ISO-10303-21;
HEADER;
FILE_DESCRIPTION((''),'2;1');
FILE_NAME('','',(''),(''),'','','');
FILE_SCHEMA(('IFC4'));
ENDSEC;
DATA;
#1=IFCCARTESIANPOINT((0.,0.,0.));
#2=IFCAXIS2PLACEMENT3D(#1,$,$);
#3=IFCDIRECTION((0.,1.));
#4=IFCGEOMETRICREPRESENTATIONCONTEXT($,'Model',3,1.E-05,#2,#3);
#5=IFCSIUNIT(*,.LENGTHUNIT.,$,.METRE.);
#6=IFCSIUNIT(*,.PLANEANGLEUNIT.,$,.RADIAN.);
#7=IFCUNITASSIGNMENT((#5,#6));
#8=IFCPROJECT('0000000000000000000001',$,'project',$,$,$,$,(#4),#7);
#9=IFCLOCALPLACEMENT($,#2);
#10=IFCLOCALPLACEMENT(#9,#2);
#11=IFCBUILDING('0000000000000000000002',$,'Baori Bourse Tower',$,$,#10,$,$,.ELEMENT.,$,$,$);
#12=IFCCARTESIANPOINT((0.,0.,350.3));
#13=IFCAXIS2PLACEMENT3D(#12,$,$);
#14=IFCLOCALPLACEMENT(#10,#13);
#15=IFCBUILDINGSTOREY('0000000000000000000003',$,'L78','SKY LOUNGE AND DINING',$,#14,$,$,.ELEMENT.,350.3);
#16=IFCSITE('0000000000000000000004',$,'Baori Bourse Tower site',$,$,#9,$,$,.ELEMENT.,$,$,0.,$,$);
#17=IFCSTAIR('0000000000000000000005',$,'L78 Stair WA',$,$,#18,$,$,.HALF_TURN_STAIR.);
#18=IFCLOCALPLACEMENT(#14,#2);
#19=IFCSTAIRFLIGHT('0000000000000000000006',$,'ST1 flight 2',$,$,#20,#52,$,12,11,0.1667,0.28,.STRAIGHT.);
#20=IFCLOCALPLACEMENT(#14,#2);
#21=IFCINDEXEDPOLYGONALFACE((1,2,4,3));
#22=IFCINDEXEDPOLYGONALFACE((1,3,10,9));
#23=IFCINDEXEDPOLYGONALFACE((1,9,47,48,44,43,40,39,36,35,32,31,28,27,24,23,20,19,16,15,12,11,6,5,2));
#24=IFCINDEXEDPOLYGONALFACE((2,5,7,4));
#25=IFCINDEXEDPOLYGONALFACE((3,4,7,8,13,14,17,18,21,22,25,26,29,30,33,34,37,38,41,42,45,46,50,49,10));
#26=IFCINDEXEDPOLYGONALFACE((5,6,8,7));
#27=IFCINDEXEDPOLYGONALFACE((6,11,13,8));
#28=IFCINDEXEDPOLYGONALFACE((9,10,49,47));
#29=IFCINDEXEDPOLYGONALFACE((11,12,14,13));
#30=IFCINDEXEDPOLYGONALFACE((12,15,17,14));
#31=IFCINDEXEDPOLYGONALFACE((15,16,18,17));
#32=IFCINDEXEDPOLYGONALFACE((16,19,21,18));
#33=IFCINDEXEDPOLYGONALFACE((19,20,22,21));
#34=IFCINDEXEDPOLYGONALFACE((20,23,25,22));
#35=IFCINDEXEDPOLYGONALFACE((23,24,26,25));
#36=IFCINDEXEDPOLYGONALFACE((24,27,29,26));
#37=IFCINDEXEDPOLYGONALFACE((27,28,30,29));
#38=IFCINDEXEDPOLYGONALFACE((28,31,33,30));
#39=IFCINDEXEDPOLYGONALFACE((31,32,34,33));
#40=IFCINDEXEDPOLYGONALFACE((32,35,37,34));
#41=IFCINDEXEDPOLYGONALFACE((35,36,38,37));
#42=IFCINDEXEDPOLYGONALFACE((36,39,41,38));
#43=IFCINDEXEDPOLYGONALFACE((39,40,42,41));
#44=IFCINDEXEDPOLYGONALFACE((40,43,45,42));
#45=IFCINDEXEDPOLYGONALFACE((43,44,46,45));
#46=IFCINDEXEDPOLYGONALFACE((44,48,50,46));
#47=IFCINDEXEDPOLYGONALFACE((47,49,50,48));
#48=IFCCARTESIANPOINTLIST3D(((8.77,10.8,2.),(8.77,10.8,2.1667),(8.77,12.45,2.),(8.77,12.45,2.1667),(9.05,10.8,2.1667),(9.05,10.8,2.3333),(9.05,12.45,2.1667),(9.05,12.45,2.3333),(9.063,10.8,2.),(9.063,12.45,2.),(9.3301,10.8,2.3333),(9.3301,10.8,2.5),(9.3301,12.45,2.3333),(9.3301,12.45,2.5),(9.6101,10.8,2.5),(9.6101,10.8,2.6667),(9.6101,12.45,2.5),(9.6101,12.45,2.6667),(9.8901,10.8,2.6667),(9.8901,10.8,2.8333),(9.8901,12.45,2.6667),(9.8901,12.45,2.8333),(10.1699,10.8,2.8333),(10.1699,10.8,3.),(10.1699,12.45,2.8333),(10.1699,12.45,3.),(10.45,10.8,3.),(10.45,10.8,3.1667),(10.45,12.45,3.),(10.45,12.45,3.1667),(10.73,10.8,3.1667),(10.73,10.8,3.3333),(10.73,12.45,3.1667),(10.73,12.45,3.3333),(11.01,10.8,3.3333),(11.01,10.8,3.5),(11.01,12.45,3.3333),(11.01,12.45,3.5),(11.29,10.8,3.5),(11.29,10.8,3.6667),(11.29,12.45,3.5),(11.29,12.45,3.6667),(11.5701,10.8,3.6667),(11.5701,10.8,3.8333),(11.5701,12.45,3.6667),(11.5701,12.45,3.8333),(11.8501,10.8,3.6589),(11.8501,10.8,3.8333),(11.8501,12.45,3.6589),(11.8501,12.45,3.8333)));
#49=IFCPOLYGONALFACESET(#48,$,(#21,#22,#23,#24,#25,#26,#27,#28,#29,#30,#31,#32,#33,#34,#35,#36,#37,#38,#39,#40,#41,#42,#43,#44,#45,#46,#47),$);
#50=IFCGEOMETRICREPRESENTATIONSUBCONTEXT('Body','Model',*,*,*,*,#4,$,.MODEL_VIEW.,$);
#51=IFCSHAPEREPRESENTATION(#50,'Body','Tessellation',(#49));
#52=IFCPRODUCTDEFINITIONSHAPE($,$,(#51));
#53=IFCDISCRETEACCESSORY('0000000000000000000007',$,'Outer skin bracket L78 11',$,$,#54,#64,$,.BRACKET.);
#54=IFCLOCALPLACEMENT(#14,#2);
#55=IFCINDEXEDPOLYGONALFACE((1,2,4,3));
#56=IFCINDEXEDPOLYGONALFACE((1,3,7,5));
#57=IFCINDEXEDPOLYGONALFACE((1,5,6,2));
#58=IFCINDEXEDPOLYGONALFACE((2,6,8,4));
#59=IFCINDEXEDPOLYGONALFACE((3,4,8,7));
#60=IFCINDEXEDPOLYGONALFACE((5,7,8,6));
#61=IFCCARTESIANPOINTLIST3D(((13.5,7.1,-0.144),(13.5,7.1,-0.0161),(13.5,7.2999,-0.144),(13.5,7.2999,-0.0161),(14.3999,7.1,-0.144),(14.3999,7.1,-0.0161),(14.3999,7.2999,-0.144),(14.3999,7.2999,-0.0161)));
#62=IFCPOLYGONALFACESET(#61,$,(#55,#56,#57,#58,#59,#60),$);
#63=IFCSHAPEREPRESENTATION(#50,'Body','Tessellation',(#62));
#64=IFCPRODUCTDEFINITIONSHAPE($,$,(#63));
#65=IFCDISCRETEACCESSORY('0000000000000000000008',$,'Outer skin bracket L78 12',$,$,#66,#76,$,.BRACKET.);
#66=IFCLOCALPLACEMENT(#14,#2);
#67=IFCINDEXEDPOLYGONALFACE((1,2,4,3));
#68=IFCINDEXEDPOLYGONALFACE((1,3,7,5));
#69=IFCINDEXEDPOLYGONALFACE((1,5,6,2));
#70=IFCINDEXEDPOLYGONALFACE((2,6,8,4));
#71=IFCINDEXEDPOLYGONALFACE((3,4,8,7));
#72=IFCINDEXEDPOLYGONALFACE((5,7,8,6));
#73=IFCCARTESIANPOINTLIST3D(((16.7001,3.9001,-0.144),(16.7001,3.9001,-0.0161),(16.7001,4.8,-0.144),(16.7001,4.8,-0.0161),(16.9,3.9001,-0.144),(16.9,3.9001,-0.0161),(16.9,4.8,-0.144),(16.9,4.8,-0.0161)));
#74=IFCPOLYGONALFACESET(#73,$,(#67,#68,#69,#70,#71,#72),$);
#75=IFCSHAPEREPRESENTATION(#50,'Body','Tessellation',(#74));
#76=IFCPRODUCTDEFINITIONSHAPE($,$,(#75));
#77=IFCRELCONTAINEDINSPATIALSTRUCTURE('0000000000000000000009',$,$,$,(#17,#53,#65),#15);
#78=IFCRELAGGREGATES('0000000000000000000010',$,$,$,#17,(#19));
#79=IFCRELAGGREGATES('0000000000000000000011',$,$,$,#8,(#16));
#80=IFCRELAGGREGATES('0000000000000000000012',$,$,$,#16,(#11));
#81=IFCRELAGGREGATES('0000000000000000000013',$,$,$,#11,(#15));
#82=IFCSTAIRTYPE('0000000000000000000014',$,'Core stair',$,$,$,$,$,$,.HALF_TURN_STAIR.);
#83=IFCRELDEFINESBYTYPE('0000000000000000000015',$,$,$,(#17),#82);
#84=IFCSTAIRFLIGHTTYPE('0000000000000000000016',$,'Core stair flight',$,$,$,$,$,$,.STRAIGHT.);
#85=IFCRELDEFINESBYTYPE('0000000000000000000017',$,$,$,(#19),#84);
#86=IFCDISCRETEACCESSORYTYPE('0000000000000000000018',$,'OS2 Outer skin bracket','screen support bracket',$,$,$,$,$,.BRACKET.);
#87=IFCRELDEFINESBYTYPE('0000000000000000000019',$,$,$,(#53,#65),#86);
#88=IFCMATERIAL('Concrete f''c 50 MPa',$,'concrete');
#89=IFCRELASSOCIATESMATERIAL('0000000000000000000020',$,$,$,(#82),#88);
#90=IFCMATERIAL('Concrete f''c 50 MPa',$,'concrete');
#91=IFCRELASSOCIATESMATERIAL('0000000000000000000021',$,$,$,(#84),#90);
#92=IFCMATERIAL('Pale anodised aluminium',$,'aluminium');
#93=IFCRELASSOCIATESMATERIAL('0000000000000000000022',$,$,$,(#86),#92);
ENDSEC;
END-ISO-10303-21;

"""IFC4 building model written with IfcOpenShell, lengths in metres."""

from ifc_helpers import new_model, si_unit, direction, frame, origin, origin_2d, place, context, subcontext, project, spatial, polyline, rectangle, outline, extrude, material, type_object, element, aggregate, save


model = new_model("IFC4")

# Units and contexts
model_context = context("Model", 3, precision=1e-05, world=origin(), true_north=direction((0.0, 1.0)))
body_context = subcontext(model_context, "Body", "Model", "MODEL_VIEW")
ifc_project = project(units=[si_unit("LENGTHUNIT", "METRE"), si_unit("PLANEANGLEUNIT", "RADIAN")], contexts=[model_context])

# Site, building, storey
site_placement = place(None, origin())
site = spatial("IfcSite", under=ifc_project, at=site_placement, Name="Baori Bourse Tower site", CompositionType="ELEMENT", RefElevation=0.0)
building_placement = place(site_placement, origin())
building = spatial("IfcBuilding", under=site, at=building_placement, Name="Baori Bourse Tower", CompositionType="ELEMENT")
storey_placement = place(building_placement, frame((0.0, 0.0, 350.3)))
storey = spatial("IfcBuildingStorey", under=building, at=storey_placement, Name="L78", Description="SKY LOUNGE AND DINING", CompositionType="ELEMENT", Elevation=350.3)

# Stair, stair flight
ifc_material_1 = material(Name="Concrete f'c 50 MPa", Category="concrete")
stair_type = type_object("IfcStairType", Name="Core stair", PredefinedType="HALF_TURN_STAIR", material=ifc_material_1)
stair_placement = place(storey_placement, origin())
stair = element("IfcStair", 1, at=stair_placement, inside=storey, type_object=stair_type, Name="L78 Stair WA", PredefinedType="HALF_TURN_STAIR")
ifc_material_2 = material(Name="Concrete f'c 50 MPa", Category="concrete")
stair_flight_type = type_object("IfcStairFlightType", Name="Core stair flight", PredefinedType="STRAIGHT", material=ifc_material_2)
stair_flight_placement = place(storey_placement, frame((8.77, 11.625, 2.0), z_axis=(0.0, 0.0, 1.0), x_axis=(1.0, 0.0, 0.0)))
stair_flight = element("IfcStairFlight", 2, at=stair_flight_placement, type_object=stair_flight_type, Name="ST1 flight 2", NumberOfRisers=12, NumberOfTreads=11, PredefinedType="STRAIGHT", RiserHeight=0.1667, TreadLength=0.28, context=body_context, shape_type="SweptSolid", body=[
    extrude(outline(polyline([(0.0, 0.0), (0.0, 0.1667), (0.28, 0.1667), (0.28, 0.3333), (0.5601, 0.3333), (0.5601, 0.5), (0.8401, 0.5), (0.8401, 0.6667), (1.1201, 0.6667), (1.1201, 0.8333), (1.3999, 0.8333), (1.3999, 1.0), (1.6799, 1.0), (1.6799, 1.1667), (1.96, 1.1667), (1.96, 1.3333), (2.24, 1.3333), (2.24, 1.5), (2.52, 1.5), (2.52, 1.6667), (2.8, 1.6667), (2.8, 1.8333), (3.0801, 1.8333), (3.0801, 2.0), (3.0801, 1.6589), (0.293, 0.0), (0.0, 0.0)])), frame((0.0, 0.825, 0.0), z_axis=(0.0, -1.0, 0.0), x_axis=(1.0, 0.0, 0.0)), (0.0, 0.0, 1.0), 1.6499),
])
aggregate(stair, [stair_flight])

# Discrete accessories
ifc_material_3 = material(Name="Pale anodised aluminium", Category="aluminium")
discrete_accessory_type = type_object("IfcDiscreteAccessoryType", Name="OS2 Outer skin bracket", Description="screen support bracket", PredefinedType="BRACKET", material=ifc_material_3)
for number, where, z_axis, x_axis, name in (
    (3, (13.95, 7.2, -0.144), (0.0, 0.0, 1.0), (0.0, -1.0, 0.0), "Outer skin bracket L78 11"),
    (4, (16.8, 4.3501, -0.144), (0.0, 0.0, 1.0), (1.0, 0.0, 0.0), "Outer skin bracket L78 12"),
):
    element("IfcDiscreteAccessory", number, at=place(storey_placement, frame(where, z_axis=z_axis, x_axis=x_axis)), inside=storey, type_object=discrete_accessory_type, Name=name, PredefinedType="BRACKET", context=body_context, shape_type="SweptSolid", body=[
        extrude(rectangle(XDim=0.2, YDim=0.8999, at=origin_2d()), origin(), (0.0, 0.0, 1.0), 0.1279),
    ])

save(model, "model.ifc")
